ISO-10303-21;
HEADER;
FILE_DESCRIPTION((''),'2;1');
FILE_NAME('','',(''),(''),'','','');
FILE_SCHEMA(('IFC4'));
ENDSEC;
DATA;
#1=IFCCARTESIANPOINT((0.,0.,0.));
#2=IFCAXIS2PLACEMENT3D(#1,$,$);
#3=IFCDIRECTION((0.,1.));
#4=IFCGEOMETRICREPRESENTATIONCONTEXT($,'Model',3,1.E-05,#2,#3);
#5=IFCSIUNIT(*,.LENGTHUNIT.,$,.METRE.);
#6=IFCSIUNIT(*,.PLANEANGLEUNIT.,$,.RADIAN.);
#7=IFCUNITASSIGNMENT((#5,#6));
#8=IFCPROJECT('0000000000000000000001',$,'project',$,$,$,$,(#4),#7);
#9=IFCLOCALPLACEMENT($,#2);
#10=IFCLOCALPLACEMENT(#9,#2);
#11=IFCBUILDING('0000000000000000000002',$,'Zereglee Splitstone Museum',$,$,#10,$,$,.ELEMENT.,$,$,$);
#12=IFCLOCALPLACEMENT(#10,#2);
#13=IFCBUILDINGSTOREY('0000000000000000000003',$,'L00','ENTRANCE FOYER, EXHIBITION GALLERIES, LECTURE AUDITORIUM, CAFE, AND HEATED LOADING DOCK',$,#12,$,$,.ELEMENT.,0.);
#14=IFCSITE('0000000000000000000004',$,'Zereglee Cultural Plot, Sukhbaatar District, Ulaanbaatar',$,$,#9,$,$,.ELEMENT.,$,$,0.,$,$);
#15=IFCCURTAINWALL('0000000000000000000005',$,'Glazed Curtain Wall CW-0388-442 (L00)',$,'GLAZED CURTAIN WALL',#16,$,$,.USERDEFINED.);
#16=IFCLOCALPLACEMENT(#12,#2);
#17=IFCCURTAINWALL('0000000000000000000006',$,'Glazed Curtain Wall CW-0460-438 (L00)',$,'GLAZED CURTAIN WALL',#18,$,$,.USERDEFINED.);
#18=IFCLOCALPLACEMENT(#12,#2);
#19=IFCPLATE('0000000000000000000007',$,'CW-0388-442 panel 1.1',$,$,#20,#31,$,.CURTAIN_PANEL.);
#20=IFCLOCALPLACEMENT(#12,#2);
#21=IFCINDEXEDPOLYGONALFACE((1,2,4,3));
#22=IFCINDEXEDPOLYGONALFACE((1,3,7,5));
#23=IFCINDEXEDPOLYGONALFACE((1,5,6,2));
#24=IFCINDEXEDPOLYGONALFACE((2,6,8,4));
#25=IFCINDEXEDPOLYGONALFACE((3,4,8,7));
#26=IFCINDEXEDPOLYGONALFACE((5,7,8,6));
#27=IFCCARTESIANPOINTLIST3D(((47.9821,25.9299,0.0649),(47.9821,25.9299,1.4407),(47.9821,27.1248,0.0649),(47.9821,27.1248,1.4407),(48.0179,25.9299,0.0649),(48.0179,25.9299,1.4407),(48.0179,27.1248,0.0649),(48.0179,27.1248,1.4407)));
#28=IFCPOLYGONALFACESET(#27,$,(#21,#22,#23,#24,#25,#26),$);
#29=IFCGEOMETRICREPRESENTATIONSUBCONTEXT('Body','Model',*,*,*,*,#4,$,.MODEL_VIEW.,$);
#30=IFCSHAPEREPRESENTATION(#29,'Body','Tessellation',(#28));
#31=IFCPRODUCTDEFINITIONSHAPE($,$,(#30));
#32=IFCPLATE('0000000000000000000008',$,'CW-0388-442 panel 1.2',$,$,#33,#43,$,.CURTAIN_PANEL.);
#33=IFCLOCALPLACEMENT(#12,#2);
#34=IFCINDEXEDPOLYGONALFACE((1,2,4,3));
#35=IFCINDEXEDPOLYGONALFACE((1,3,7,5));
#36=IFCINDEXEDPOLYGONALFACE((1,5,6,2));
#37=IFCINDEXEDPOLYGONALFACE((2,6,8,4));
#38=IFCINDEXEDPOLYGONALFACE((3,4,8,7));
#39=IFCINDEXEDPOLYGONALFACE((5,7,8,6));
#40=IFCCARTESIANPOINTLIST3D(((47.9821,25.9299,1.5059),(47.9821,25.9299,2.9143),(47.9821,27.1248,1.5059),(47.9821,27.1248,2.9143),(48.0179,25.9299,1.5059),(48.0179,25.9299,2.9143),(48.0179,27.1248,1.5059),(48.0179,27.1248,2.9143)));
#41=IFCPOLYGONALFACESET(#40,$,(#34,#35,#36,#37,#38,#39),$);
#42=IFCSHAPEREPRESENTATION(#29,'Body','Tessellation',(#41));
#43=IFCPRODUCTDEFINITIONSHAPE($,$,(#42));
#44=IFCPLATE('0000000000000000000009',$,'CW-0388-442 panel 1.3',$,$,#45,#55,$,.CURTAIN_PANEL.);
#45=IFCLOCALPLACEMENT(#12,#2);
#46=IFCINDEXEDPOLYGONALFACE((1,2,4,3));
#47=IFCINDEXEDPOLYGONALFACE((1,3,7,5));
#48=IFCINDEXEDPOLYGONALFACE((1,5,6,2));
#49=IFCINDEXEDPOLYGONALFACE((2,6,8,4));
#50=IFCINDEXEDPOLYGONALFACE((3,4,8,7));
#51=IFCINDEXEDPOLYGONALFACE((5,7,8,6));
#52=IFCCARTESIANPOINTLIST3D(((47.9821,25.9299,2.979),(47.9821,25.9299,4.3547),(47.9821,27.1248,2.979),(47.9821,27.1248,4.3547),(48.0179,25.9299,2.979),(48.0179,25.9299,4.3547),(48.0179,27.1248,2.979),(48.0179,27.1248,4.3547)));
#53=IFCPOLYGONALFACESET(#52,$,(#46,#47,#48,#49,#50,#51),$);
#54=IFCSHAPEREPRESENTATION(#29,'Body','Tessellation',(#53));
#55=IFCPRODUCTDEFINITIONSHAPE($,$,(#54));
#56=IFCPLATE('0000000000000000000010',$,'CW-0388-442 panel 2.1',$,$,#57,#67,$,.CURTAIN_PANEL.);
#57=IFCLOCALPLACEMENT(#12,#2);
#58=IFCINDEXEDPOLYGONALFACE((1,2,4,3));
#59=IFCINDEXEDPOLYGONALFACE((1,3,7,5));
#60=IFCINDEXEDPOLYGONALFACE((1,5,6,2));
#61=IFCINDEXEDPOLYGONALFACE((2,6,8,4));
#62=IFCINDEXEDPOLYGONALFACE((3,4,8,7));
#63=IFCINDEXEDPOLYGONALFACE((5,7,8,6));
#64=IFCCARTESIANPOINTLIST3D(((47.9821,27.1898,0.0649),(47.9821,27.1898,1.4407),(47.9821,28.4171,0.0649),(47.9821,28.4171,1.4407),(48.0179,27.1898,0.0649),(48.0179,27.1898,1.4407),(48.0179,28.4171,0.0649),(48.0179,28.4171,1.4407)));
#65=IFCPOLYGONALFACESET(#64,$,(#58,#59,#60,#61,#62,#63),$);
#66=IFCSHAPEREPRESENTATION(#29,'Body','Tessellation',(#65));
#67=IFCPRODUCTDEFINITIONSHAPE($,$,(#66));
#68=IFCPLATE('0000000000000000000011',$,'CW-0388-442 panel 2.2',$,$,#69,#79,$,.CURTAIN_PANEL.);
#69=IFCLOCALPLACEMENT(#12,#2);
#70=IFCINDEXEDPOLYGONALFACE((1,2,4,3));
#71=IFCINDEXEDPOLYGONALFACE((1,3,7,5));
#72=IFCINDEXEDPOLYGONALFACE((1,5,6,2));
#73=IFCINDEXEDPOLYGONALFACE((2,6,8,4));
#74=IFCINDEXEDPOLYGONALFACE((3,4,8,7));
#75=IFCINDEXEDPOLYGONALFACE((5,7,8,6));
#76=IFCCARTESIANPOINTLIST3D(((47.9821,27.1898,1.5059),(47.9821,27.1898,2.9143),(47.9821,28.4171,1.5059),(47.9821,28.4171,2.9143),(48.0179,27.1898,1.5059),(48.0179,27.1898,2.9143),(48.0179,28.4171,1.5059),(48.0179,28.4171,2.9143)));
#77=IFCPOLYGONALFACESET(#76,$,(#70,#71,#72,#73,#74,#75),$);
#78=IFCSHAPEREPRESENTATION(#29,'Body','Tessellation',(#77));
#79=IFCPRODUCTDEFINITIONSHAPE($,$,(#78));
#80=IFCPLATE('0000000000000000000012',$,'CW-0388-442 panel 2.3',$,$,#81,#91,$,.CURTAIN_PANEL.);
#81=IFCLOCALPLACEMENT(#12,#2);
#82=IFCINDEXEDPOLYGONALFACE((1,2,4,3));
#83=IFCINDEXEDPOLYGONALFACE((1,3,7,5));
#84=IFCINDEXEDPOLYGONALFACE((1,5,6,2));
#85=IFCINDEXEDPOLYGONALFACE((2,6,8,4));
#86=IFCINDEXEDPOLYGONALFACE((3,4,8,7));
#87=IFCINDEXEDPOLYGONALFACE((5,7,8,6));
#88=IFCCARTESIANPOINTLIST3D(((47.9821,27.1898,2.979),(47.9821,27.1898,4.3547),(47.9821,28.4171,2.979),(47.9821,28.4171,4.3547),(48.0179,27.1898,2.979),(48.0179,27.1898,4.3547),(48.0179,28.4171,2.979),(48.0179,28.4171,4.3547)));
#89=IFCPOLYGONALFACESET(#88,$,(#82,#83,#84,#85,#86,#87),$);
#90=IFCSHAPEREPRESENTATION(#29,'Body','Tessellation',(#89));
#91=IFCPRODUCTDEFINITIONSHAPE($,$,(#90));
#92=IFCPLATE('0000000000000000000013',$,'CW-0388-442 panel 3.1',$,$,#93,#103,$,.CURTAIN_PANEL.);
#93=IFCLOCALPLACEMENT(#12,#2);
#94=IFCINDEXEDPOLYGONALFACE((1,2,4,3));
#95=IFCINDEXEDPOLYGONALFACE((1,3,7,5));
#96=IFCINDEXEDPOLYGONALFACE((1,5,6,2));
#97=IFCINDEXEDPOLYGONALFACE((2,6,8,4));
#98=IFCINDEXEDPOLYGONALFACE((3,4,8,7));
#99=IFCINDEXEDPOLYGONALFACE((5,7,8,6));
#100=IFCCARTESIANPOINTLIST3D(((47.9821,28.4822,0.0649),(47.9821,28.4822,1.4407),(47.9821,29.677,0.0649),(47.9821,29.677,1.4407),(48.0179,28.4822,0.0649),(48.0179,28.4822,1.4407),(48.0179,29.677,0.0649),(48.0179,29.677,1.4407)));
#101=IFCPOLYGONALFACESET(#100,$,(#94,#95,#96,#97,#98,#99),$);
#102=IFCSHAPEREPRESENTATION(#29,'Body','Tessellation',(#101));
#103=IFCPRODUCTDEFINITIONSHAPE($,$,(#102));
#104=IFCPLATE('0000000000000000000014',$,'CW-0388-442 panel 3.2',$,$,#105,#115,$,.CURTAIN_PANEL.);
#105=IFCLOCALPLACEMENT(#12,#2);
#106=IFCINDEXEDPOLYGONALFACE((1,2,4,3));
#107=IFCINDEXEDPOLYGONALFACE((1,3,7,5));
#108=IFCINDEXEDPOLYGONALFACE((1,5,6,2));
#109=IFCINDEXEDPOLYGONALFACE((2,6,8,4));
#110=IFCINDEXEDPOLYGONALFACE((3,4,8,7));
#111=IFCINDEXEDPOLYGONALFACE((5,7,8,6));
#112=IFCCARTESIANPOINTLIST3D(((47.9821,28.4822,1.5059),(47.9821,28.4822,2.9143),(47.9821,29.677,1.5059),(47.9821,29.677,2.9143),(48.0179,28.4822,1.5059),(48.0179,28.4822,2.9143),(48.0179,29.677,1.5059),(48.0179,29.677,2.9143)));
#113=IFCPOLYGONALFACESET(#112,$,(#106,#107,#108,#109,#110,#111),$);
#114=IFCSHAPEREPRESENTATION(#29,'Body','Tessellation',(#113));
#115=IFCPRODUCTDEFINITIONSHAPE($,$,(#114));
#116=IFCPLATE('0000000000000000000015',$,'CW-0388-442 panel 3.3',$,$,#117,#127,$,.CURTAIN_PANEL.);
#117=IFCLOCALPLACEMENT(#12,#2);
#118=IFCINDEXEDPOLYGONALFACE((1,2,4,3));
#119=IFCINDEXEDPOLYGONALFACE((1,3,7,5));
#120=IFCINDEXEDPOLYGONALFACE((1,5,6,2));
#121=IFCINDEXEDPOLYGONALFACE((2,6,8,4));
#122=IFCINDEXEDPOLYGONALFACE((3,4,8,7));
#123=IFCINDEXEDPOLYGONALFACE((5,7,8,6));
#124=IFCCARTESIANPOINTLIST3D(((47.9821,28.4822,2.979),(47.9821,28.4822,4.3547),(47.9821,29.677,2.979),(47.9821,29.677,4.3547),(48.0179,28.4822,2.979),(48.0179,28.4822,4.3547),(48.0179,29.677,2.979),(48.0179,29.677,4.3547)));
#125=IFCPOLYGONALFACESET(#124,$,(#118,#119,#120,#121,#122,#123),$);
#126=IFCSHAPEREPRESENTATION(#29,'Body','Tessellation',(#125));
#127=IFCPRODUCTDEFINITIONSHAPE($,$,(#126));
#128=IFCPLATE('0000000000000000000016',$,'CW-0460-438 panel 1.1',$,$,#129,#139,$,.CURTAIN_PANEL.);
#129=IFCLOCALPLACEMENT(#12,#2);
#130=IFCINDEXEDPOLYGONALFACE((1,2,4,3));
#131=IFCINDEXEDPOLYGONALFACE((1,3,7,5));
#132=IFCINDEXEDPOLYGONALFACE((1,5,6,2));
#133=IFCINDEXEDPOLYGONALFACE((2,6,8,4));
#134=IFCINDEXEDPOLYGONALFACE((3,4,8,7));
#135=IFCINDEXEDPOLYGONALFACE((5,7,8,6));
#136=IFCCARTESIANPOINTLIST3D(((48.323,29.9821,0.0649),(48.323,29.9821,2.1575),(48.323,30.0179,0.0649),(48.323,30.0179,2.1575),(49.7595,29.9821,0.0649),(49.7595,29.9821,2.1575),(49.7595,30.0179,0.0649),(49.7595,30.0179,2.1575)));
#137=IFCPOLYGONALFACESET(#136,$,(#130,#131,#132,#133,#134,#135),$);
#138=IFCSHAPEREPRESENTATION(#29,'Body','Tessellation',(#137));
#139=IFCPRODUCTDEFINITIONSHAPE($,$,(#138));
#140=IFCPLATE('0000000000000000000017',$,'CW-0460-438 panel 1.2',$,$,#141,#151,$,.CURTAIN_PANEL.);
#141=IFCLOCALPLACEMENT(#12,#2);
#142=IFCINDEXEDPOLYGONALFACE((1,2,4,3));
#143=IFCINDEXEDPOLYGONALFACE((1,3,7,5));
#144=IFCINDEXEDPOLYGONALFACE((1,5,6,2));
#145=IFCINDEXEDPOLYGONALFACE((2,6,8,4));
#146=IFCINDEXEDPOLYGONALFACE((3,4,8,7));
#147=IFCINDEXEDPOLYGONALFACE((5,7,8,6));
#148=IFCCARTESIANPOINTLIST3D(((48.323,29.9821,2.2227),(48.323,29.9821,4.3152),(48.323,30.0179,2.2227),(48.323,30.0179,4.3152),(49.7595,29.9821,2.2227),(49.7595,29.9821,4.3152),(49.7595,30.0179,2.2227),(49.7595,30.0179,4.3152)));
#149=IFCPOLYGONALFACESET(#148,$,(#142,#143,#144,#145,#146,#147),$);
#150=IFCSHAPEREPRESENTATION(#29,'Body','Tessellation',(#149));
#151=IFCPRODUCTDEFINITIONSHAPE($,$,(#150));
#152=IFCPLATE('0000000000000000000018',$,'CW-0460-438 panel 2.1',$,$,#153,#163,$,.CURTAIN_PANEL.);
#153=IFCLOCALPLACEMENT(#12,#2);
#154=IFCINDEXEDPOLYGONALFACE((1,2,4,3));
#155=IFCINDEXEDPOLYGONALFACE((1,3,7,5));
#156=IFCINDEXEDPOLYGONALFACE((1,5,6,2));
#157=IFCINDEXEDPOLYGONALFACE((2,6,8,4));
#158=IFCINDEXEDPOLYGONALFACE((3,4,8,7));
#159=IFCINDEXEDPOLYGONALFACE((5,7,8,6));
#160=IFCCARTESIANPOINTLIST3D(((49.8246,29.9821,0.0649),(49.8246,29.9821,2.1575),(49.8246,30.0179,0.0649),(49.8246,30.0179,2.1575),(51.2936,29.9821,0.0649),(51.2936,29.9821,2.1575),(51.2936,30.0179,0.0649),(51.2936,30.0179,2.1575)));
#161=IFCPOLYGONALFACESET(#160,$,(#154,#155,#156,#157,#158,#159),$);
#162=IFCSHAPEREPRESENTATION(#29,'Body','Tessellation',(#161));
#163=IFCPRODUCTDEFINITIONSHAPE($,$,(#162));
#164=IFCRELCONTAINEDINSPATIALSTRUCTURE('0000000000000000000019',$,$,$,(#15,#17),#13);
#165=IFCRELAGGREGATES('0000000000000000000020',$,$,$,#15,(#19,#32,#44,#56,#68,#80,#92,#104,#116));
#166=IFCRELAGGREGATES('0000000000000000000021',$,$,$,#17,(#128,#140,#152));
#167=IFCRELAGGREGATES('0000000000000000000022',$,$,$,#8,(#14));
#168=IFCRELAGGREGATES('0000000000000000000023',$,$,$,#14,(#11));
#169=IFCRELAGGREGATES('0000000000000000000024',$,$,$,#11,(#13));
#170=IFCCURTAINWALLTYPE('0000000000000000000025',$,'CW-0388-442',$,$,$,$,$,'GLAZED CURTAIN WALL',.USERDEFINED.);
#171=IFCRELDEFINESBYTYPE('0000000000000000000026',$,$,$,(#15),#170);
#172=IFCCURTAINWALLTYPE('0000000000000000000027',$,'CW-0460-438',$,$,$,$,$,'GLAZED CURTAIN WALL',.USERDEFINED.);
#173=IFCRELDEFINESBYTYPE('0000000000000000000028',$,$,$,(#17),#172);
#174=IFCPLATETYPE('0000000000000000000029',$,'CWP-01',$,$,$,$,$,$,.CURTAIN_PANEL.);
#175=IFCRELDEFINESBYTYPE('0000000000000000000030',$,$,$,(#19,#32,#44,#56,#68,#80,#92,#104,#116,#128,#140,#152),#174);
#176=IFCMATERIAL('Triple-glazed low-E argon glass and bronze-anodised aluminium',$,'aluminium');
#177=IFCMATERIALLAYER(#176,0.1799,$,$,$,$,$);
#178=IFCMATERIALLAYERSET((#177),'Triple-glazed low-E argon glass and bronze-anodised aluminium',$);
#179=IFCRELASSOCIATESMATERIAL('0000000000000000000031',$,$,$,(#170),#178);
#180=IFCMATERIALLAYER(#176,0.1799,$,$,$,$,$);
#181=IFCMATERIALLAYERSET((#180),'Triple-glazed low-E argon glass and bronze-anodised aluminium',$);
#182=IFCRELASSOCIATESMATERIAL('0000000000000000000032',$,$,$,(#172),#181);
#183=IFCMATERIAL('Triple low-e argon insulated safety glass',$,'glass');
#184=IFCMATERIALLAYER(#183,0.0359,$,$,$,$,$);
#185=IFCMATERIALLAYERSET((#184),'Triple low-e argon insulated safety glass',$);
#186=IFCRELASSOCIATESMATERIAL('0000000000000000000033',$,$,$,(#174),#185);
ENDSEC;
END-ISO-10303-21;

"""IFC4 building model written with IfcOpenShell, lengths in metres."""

from ifc_helpers import new_model, si_unit, direction, frame, origin, origin_2d, place, context, subcontext, project, spatial, rectangle, extrude, material, layer, layer_set, type_object, element, aggregate, save


model = new_model("IFC4")

# Units and contexts
model_context = context("Model", 3, precision=1e-05, world=origin(), true_north=direction((0.0, 1.0)))
body_context = subcontext(model_context, "Body", "Model", "MODEL_VIEW")
ifc_project = project(units=[si_unit("LENGTHUNIT", "METRE"), si_unit("PLANEANGLEUNIT", "RADIAN")], contexts=[model_context])

# Site, building, storey
site_placement = place(None, origin())
site = spatial("IfcSite", under=ifc_project, at=site_placement, Name="Zereglee Cultural Plot, Sukhbaatar District, Ulaanbaatar", CompositionType="ELEMENT", RefElevation=0.0)
building_placement = place(site_placement, origin())
building = spatial("IfcBuilding", under=site, at=building_placement, Name="Zereglee Splitstone Museum", CompositionType="ELEMENT")
storey_placement = place(building_placement, origin())
storey = spatial("IfcBuildingStorey", under=building, at=storey_placement, Name="L00", Description="ENTRANCE FOYER, EXHIBITION GALLERIES, LECTURE AUDITORIUM, CAFE, AND HEATED LOADING DOCK", CompositionType="ELEMENT", Elevation=0.0)

# Shared definitions
ifc_material_1 = material(Name="Triple-glazed low-E argon glass and bronze-anodised aluminium", Category="aluminium")

# Curtain walls
ifc_layer_1 = layer(ifc_material_1, 0.1799)
ifc_layer_set_1 = layer_set([ifc_layer_1], Name="Triple-glazed low-E argon glass and bronze-anodised aluminium")
curtain_wall_type_1 = type_object("IfcCurtainWallType", Name="CW-0388-442", ElementType="GLAZED CURTAIN WALL", PredefinedType="USERDEFINED", material=ifc_layer_set_1)
curtain_wall_1_placement = place(storey_placement, origin())
curtain_wall_1 = element("IfcCurtainWall", 1, at=curtain_wall_1_placement, inside=storey, type_object=curtain_wall_type_1, Name="Glazed Curtain Wall CW-0388-442 (L00)", ObjectType="GLAZED CURTAIN WALL", PredefinedType="USERDEFINED")
ifc_layer_2 = layer(ifc_material_1, 0.1799)
ifc_layer_set_2 = layer_set([ifc_layer_2], Name="Triple-glazed low-E argon glass and bronze-anodised aluminium")
curtain_wall_type_2 = type_object("IfcCurtainWallType", Name="CW-0460-438", ElementType="GLAZED CURTAIN WALL", PredefinedType="USERDEFINED", material=ifc_layer_set_2)
curtain_wall_2_placement = place(storey_placement, origin())
curtain_wall_2 = element("IfcCurtainWall", 2, at=curtain_wall_2_placement, inside=storey, type_object=curtain_wall_type_2, Name="Glazed Curtain Wall CW-0460-438 (L00)", ObjectType="GLAZED CURTAIN WALL", PredefinedType="USERDEFINED")

# Plates
ifc_material_2 = material(Name="Triple low-e argon insulated safety glass", Category="glass")
ifc_layer_3 = layer(ifc_material_2, 0.0359)
ifc_layer_set_3 = layer_set([ifc_layer_3], Name="Triple low-e argon insulated safety glass")
plate_type = type_object("IfcPlateType", Name="CWP-01", PredefinedType="CURTAIN_PANEL", material=ifc_layer_set_3)
plate_1_placement = place(storey_placement, frame((48.0, 26.5273, 0.0649), z_axis=(0.0, 0.0, 1.0), x_axis=(0.0, 1.0, 0.0)))
plate_1 = element("IfcPlate", 3, at=plate_1_placement, type_object=plate_type, Name="CW-0388-442 panel 1.1", PredefinedType="CURTAIN_PANEL", context=body_context, shape_type="SweptSolid", body=[
    extrude(rectangle(XDim=1.1948, YDim=0.0359, at=origin_2d()), origin(), (0.0, 0.0, 1.0), 1.3757),
])
plate_2_placement = place(storey_placement, frame((48.0, 26.5273, 1.5059), z_axis=(0.0, 0.0, 1.0), x_axis=(0.0, 1.0, 0.0)))
plate_2 = element("IfcPlate", 4, at=plate_2_placement, type_object=plate_type, Name="CW-0388-442 panel 1.2", PredefinedType="CURTAIN_PANEL", context=body_context, shape_type="SweptSolid", body=[
    extrude(rectangle(XDim=1.1948, YDim=0.0359, at=origin_2d()), origin(), (0.0, 0.0, 1.0), 1.4084),
])
plate_3_placement = place(storey_placement, frame((48.0, 26.5273, 2.979), z_axis=(0.0, 0.0, 1.0), x_axis=(0.0, 1.0, 0.0)))
plate_3 = element("IfcPlate", 5, at=plate_3_placement, type_object=plate_type, Name="CW-0388-442 panel 1.3", PredefinedType="CURTAIN_PANEL", context=body_context, shape_type="SweptSolid", body=[
    extrude(rectangle(XDim=1.1948, YDim=0.0359, at=origin_2d()), origin(), (0.0, 0.0, 1.0), 1.3757),
])
plate_4_placement = place(storey_placement, frame((48.0, 27.8035, 0.0649), z_axis=(0.0, 0.0, 1.0), x_axis=(0.0, 1.0, 0.0)))
plate_4 = element("IfcPlate", 6, at=plate_4_placement, type_object=plate_type, Name="CW-0388-442 panel 2.1", PredefinedType="CURTAIN_PANEL", context=body_context, shape_type="SweptSolid", body=[
    extrude(rectangle(XDim=1.2273, YDim=0.0359, at=origin_2d()), origin(), (0.0, 0.0, 1.0), 1.3757),
])
plate_5_placement = place(storey_placement, frame((48.0, 27.8035, 1.5059), z_axis=(0.0, 0.0, 1.0), x_axis=(0.0, 1.0, 0.0)))
plate_5 = element("IfcPlate", 7, at=plate_5_placement, type_object=plate_type, Name="CW-0388-442 panel 2.2", PredefinedType="CURTAIN_PANEL", context=body_context, shape_type="SweptSolid", body=[
    extrude(rectangle(XDim=1.2273, YDim=0.0359, at=origin_2d()), origin(), (0.0, 0.0, 1.0), 1.4084),
])
plate_6_placement = place(storey_placement, frame((48.0, 27.8035, 2.979), z_axis=(0.0, 0.0, 1.0), x_axis=(0.0, 1.0, 0.0)))
plate_6 = element("IfcPlate", 8, at=plate_6_placement, type_object=plate_type, Name="CW-0388-442 panel 2.3", PredefinedType="CURTAIN_PANEL", context=body_context, shape_type="SweptSolid", body=[
    extrude(rectangle(XDim=1.2273, YDim=0.0359, at=origin_2d()), origin(), (0.0, 0.0, 1.0), 1.3757),
])
plate_7_placement = place(storey_placement, frame((48.0, 29.0796, 0.0649), z_axis=(0.0, 0.0, 1.0), x_axis=(0.0, 1.0, 0.0)))
plate_7 = element("IfcPlate", 9, at=plate_7_placement, type_object=plate_type, Name="CW-0388-442 panel 3.1", PredefinedType="CURTAIN_PANEL", context=body_context, shape_type="SweptSolid", body=[
    extrude(rectangle(XDim=1.1948, YDim=0.0359, at=origin_2d()), origin(), (0.0, 0.0, 1.0), 1.3757),
])
plate_8_placement = place(storey_placement, frame((48.0, 29.0796, 1.5059), z_axis=(0.0, 0.0, 1.0), x_axis=(0.0, 1.0, 0.0)))
plate_8 = element("IfcPlate", 10, at=plate_8_placement, type_object=plate_type, Name="CW-0388-442 panel 3.2", PredefinedType="CURTAIN_PANEL", context=body_context, shape_type="SweptSolid", body=[
    extrude(rectangle(XDim=1.1948, YDim=0.0359, at=origin_2d()), origin(), (0.0, 0.0, 1.0), 1.4084),
])
plate_9_placement = place(storey_placement, frame((48.0, 29.0796, 2.979), z_axis=(0.0, 0.0, 1.0), x_axis=(0.0, 1.0, 0.0)))
plate_9 = element("IfcPlate", 11, at=plate_9_placement, type_object=plate_type, Name="CW-0388-442 panel 3.3", PredefinedType="CURTAIN_PANEL", context=body_context, shape_type="SweptSolid", body=[
    extrude(rectangle(XDim=1.1948, YDim=0.0359, at=origin_2d()), origin(), (0.0, 0.0, 1.0), 1.3757),
])
aggregate(curtain_wall_1, [plate_1, plate_2, plate_3, plate_4, plate_5, plate_6, plate_7, plate_8, plate_9])
plate_10_placement = place(storey_placement, frame((49.0413, 30.0, 0.0649), z_axis=(0.0, 0.0, 1.0), x_axis=(1.0, 0.0, 0.0)))
plate_10 = element("IfcPlate", 12, at=plate_10_placement, type_object=plate_type, Name="CW-0460-438 panel 1.1", PredefinedType="CURTAIN_PANEL", context=body_context, shape_type="SweptSolid", body=[
    extrude(rectangle(XDim=1.4365, YDim=0.0359, at=origin_2d()), origin(), (0.0, 0.0, 1.0), 2.0925),
])
plate_11_placement = place(storey_placement, frame((49.0413, 30.0, 2.2227), z_axis=(0.0, 0.0, 1.0), x_axis=(1.0, 0.0, 0.0)))
plate_11 = element("IfcPlate", 13, at=plate_11_placement, type_object=plate_type, Name="CW-0460-438 panel 1.2", PredefinedType="CURTAIN_PANEL", context=body_context, shape_type="SweptSolid", body=[
    extrude(rectangle(XDim=1.4365, YDim=0.0359, at=origin_2d()), origin(), (0.0, 0.0, 1.0), 2.0925),
])
plate_12_placement = place(storey_placement, frame((50.5591, 30.0, 0.0649), z_axis=(0.0, 0.0, 1.0), x_axis=(1.0, 0.0, 0.0)))
plate_12 = element("IfcPlate", 14, at=plate_12_placement, type_object=plate_type, Name="CW-0460-438 panel 2.1", PredefinedType="CURTAIN_PANEL", context=body_context, shape_type="SweptSolid", body=[
    extrude(rectangle(XDim=1.469, YDim=0.0359, at=origin_2d()), origin(), (0.0, 0.0, 1.0), 2.0925),
])
aggregate(curtain_wall_2, [plate_10, plate_11, plate_12])

save(model, "model.ifc")
